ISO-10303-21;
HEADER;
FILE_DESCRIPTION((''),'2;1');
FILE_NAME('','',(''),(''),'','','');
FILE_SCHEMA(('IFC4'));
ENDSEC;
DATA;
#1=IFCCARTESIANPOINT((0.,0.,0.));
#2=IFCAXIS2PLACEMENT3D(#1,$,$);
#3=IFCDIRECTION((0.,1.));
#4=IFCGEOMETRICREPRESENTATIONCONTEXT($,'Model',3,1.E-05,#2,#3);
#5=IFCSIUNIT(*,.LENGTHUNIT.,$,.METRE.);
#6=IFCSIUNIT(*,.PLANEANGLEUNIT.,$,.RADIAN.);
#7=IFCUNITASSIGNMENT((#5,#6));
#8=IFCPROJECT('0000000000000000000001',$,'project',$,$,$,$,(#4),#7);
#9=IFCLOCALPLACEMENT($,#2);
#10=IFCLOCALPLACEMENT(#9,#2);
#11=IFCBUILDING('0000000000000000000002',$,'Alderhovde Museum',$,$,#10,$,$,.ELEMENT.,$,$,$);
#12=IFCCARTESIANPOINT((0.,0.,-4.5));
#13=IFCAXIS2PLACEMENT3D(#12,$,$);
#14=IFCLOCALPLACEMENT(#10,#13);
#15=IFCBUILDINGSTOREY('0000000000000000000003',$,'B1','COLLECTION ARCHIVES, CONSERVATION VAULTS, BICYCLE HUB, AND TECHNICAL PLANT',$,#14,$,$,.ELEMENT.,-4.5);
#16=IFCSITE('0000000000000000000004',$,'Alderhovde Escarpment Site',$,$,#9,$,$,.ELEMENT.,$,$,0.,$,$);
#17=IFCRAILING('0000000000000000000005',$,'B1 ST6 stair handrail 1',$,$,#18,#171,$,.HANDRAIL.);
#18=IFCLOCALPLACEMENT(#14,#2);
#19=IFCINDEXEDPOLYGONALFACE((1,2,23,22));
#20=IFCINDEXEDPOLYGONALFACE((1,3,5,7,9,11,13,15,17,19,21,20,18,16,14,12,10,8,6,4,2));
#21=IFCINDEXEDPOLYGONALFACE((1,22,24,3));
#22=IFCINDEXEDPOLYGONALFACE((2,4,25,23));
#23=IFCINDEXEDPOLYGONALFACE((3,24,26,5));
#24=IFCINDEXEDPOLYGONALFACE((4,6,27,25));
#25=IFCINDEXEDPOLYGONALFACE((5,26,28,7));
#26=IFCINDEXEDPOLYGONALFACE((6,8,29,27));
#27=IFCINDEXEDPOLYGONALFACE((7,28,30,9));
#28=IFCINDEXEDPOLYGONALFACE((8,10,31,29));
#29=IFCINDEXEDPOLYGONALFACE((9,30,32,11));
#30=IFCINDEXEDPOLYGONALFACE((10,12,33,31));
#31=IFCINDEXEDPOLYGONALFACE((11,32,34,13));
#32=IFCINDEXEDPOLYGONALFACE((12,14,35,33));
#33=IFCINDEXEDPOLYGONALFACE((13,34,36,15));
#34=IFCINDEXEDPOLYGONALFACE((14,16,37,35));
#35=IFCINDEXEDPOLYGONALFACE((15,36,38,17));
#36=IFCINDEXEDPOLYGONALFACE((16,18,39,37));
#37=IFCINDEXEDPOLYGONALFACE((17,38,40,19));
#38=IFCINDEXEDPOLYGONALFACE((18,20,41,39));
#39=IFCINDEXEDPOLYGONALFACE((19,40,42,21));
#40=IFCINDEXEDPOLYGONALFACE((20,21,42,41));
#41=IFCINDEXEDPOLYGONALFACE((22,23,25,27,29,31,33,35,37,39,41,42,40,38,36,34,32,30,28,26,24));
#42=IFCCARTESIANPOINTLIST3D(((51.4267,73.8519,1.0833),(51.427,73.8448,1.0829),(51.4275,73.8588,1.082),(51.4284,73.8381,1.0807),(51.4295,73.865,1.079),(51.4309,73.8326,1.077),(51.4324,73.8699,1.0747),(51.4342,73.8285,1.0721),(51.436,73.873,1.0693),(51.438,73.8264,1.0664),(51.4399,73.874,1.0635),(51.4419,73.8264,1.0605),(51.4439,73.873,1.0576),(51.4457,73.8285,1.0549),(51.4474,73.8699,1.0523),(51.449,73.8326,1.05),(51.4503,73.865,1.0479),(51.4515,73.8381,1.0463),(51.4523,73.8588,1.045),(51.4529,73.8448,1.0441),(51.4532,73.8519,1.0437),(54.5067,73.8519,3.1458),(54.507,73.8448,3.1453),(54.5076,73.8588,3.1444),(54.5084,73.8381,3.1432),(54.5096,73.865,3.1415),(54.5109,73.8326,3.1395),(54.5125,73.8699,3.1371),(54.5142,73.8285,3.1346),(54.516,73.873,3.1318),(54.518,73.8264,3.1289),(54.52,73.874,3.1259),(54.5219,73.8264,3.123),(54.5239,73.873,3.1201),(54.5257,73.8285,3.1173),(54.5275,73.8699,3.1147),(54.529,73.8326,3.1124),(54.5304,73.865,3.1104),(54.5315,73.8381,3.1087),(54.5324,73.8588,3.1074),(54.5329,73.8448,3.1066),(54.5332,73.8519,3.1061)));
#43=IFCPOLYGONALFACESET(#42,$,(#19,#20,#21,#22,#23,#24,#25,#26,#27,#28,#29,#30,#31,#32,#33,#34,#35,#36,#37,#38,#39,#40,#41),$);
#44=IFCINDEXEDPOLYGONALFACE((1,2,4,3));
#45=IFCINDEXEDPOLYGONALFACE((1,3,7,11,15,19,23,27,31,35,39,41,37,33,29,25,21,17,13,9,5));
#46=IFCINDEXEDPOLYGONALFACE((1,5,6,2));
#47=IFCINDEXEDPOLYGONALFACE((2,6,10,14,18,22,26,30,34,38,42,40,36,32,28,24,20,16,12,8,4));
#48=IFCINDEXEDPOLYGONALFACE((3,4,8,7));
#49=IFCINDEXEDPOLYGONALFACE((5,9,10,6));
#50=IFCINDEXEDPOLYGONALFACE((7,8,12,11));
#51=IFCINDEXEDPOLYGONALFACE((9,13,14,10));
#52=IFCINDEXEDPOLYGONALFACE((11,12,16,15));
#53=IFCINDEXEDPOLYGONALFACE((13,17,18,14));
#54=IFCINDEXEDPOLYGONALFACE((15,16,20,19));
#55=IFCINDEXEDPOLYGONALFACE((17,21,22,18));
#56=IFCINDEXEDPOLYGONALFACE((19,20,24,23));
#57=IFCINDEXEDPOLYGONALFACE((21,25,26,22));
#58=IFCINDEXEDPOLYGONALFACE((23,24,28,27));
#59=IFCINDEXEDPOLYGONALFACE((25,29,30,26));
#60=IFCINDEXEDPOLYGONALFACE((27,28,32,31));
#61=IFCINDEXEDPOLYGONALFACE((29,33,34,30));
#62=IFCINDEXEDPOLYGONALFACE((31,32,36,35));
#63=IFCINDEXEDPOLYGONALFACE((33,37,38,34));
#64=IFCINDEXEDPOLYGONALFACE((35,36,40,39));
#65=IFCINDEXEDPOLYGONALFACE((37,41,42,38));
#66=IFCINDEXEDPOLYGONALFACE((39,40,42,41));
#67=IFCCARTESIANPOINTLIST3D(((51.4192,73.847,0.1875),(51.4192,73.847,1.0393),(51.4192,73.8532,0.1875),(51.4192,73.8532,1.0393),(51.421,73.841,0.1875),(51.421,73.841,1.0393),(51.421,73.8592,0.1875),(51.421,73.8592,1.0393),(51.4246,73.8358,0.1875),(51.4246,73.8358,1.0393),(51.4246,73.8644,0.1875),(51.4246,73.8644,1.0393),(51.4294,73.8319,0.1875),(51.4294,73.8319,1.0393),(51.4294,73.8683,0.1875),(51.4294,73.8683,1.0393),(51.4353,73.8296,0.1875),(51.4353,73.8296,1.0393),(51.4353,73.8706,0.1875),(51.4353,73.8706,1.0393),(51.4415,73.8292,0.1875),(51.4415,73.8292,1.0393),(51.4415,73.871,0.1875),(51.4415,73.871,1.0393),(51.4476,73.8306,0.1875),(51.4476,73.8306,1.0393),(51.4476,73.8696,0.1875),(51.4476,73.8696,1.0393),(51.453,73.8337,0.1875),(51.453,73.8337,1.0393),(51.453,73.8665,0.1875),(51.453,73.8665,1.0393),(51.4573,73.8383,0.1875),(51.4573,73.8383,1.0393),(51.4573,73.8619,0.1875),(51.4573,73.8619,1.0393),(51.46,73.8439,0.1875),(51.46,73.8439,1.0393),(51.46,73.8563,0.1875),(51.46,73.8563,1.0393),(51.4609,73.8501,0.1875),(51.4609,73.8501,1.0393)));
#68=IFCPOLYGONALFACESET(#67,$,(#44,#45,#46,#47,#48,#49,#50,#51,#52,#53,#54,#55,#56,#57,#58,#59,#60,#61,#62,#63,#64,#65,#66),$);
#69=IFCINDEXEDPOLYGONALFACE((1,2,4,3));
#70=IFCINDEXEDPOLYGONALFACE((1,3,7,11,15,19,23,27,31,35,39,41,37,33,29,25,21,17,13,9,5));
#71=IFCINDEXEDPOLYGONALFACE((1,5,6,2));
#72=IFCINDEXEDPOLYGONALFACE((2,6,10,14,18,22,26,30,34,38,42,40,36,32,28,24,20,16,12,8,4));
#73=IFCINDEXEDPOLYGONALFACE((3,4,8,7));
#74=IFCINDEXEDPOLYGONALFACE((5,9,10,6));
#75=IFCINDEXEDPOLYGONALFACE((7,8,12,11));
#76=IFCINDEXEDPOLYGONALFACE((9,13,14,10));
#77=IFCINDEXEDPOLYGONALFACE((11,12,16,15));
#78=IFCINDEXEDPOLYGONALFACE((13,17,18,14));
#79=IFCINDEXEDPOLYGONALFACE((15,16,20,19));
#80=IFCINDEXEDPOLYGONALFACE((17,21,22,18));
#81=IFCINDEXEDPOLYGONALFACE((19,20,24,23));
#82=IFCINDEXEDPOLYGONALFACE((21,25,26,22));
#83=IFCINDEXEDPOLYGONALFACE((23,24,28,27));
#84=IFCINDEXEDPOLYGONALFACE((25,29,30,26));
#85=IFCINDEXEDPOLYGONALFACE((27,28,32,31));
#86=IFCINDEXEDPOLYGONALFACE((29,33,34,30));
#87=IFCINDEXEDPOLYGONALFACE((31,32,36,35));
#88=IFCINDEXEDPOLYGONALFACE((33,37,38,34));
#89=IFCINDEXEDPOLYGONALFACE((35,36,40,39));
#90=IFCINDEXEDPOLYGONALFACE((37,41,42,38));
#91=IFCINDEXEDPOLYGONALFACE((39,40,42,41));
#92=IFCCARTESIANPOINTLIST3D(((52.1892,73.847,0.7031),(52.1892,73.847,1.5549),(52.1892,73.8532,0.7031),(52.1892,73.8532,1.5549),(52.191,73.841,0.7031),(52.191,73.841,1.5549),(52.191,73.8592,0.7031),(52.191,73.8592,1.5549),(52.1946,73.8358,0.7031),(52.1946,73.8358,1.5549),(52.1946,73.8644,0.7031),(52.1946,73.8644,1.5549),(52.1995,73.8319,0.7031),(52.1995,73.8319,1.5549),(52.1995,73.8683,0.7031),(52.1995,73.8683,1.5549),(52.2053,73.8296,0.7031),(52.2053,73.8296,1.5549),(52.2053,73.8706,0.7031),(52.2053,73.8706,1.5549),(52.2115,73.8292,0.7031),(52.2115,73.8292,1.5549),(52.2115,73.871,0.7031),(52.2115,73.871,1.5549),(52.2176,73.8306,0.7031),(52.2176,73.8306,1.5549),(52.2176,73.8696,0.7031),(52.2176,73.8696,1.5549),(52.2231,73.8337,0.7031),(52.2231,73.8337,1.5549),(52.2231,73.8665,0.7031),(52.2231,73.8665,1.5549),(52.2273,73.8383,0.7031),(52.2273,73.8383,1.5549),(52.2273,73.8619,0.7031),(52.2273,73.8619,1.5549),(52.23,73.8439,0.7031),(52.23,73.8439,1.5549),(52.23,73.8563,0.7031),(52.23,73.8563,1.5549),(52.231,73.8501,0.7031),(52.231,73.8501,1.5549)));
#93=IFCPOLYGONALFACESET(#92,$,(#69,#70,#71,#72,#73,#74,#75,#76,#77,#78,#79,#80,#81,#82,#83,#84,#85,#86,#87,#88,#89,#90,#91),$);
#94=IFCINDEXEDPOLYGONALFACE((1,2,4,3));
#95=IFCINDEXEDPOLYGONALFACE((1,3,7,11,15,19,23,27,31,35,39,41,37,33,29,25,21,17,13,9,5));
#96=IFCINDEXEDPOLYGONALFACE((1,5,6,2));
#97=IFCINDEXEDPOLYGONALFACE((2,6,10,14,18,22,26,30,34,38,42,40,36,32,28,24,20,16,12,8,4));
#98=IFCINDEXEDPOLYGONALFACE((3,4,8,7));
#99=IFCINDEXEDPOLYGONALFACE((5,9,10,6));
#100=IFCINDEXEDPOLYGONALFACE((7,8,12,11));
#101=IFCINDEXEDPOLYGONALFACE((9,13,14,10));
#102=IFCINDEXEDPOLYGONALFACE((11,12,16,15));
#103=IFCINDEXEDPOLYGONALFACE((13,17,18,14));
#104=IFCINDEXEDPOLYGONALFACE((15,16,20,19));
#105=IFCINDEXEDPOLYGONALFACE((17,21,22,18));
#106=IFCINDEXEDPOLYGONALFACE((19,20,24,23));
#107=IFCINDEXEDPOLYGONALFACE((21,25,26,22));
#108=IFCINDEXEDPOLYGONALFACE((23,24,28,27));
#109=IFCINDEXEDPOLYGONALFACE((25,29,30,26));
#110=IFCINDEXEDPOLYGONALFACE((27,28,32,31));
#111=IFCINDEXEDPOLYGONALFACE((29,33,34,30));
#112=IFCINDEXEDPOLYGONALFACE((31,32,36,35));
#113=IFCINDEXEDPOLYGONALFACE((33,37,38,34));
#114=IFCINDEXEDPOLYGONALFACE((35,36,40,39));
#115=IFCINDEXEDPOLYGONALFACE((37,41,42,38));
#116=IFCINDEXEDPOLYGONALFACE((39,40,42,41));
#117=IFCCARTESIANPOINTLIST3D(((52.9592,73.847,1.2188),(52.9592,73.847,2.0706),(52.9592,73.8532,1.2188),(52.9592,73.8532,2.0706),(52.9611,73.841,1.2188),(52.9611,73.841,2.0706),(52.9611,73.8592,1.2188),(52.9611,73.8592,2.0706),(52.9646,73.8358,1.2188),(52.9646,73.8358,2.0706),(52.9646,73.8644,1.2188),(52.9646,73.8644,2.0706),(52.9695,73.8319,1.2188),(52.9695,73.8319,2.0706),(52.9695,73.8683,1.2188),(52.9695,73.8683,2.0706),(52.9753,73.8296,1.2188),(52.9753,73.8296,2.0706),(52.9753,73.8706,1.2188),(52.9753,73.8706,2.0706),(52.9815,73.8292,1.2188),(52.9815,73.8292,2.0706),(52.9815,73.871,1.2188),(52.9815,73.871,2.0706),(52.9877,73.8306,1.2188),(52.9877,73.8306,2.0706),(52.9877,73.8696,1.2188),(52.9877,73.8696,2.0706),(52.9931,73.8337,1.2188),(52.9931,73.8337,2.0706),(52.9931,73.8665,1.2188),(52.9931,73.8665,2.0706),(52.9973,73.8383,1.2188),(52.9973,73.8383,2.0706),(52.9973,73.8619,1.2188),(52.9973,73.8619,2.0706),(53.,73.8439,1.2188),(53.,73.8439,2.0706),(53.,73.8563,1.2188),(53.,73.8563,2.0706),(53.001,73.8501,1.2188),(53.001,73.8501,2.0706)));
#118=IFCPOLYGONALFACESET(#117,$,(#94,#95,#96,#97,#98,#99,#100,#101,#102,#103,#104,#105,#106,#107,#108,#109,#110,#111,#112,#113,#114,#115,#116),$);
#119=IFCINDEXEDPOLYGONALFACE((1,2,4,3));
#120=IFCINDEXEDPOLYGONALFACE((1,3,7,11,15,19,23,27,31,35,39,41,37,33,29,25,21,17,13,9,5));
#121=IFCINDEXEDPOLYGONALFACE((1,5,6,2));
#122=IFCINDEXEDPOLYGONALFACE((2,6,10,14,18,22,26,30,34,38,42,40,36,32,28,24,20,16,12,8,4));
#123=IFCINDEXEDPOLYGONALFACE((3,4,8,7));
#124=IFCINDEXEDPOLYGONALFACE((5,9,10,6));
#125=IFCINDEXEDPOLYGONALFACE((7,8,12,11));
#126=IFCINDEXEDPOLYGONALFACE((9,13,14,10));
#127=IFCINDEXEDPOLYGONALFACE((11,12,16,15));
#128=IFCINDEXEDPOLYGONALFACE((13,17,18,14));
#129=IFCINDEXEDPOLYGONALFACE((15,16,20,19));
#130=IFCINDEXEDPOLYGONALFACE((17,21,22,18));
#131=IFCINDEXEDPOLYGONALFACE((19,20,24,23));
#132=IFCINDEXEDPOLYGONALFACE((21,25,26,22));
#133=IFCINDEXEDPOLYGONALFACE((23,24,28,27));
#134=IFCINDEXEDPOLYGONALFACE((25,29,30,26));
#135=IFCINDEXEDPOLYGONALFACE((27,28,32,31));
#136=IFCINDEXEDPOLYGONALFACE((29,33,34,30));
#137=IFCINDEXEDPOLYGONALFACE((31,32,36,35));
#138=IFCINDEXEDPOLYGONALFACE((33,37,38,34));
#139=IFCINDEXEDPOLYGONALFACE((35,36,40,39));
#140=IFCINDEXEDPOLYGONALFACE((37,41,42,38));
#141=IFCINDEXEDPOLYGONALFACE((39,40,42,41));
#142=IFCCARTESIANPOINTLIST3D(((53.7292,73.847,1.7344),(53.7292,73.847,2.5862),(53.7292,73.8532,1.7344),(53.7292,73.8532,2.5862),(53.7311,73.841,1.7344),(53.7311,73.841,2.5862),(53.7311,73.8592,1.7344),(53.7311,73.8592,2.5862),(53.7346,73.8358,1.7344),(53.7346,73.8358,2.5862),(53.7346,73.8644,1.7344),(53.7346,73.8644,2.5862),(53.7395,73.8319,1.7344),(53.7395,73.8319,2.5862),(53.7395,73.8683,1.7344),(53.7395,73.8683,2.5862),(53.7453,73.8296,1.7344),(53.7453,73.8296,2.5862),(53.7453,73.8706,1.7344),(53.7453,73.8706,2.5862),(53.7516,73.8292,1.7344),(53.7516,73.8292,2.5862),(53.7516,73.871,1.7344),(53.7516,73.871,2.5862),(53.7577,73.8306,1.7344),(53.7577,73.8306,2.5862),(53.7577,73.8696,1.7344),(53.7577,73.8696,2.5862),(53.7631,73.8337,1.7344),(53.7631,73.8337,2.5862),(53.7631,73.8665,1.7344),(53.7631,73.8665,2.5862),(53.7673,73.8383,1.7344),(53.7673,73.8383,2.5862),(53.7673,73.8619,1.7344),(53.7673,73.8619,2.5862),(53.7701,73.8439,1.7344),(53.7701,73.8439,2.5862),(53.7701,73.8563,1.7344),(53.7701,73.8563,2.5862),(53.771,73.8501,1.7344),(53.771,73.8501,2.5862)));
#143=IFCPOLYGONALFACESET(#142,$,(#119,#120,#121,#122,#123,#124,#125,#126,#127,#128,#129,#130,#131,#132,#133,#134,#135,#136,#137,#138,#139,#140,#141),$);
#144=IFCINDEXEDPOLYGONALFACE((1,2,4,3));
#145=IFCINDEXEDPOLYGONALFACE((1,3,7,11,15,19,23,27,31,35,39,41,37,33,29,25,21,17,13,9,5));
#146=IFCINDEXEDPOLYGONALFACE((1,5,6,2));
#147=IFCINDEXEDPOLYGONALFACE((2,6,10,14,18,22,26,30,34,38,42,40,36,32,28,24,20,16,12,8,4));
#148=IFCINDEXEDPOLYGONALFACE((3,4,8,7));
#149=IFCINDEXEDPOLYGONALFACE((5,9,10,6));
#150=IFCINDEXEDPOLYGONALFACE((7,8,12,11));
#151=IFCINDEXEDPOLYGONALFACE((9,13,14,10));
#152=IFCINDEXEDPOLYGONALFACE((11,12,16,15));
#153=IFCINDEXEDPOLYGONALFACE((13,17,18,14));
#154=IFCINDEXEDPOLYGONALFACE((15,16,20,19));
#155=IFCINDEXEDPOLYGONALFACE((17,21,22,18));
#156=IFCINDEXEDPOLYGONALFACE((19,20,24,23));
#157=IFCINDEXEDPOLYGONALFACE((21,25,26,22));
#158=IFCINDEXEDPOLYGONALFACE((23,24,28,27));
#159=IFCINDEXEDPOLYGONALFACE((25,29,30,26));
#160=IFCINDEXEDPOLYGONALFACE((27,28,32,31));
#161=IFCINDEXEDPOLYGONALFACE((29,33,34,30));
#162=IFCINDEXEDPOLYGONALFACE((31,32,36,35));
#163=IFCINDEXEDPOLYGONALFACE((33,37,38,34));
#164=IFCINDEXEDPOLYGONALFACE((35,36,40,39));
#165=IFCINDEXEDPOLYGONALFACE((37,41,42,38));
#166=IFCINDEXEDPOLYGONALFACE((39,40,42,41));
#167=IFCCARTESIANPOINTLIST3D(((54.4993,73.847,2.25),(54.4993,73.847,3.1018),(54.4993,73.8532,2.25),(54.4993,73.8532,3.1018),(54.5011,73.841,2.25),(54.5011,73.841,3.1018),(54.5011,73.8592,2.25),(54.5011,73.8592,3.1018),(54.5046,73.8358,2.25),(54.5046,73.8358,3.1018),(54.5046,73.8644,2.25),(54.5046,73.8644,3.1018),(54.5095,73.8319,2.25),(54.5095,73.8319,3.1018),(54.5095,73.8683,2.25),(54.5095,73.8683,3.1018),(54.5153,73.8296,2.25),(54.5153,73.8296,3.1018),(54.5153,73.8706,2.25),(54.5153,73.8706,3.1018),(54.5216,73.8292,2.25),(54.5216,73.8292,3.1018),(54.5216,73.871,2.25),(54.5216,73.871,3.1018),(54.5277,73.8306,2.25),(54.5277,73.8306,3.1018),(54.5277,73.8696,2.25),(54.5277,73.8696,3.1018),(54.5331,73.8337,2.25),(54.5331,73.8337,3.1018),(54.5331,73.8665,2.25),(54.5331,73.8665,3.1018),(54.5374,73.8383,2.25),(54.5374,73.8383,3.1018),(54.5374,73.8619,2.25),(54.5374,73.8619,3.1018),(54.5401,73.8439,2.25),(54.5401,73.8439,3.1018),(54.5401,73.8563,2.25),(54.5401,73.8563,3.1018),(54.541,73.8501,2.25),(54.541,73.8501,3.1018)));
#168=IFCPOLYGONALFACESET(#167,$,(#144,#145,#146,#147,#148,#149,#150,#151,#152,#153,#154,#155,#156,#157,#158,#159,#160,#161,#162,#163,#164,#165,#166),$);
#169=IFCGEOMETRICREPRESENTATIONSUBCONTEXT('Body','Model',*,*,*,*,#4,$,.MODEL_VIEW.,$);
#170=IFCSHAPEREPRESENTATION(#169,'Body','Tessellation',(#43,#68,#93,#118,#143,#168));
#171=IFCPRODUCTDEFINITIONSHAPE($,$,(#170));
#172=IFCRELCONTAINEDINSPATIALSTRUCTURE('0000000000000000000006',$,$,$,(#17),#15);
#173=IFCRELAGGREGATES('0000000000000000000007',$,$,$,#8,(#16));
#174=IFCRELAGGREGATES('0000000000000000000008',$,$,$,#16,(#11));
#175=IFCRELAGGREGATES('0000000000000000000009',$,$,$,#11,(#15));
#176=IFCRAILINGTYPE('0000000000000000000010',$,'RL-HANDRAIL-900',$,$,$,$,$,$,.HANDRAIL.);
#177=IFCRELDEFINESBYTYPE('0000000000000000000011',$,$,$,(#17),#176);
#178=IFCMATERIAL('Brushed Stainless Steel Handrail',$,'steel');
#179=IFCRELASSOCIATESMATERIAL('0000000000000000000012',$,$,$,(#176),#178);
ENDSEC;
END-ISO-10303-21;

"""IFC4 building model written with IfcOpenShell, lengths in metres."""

from ifc_helpers import new_model, si_unit, direction, frame, origin, origin_2d, place, context, subcontext, project, spatial, circle, extrude, material, type_object, element, save


model = new_model("IFC4")

# Units and contexts
model_context = context("Model", 3, precision=1e-05, world=origin(), true_north=direction((0.0, 1.0)))
body_context = subcontext(model_context, "Body", "Model", "MODEL_VIEW")
ifc_project = project(units=[si_unit("LENGTHUNIT", "METRE"), si_unit("PLANEANGLEUNIT", "RADIAN")], contexts=[model_context])

# Site, building, storey
site_placement = place(None, origin())
site = spatial("IfcSite", under=ifc_project, at=site_placement, Name="Alderhovde Escarpment Site", CompositionType="ELEMENT", RefElevation=0.0)
building_placement = place(site_placement, origin())
building = spatial("IfcBuilding", under=site, at=building_placement, Name="Alderhovde Museum", CompositionType="ELEMENT")
storey_placement = place(building_placement, frame((0.0, 0.0, -4.5)))
storey = spatial("IfcBuildingStorey", under=building, at=storey_placement, Name="B1", Description="COLLECTION ARCHIVES, CONSERVATION VAULTS, BICYCLE HUB, AND TECHNICAL PLANT", CompositionType="ELEMENT", Elevation=-4.5)

# Railing
ifc_material_1 = material(Name="Brushed Stainless Steel Handrail", Category="steel")
railing_type_1 = type_object("IfcRailingType", Name="RL-HANDRAIL-900", PredefinedType="HANDRAIL", material=ifc_material_1)
railing_1_placement = place(storey_placement, frame((51.4399, 73.8501, 0.1875)))
element("IfcRailing", 1, at=railing_1_placement, inside=storey, type_object=railing_type_1, Name="B1 ST6 stair handrail 1", PredefinedType="HANDRAIL", context=body_context, shape_type="SweptSolid", body=[
    extrude(circle(Radius=0.0239, at=origin_2d()), frame((0.0, 0.0, 0.876), z_axis=(0.830914, 0.0, 0.556401), x_axis=(0.0, 1.0, 0.0)), (0.0, 0.0, 1.0), 3.7068),
    extrude(circle(Radius=0.021, at=origin_2d()), origin(), (0.0, 0.0, 1.0), 0.8518),
    extrude(circle(Radius=0.021, at=origin_2d()), frame((0.77, 0.0, 0.5156)), (0.0, 0.0, 1.0), 0.8518),
    extrude(circle(Radius=0.021, at=origin_2d()), frame((1.54, 0.0, 1.0312)), (0.0, 0.0, 1.0), 0.8518),
    extrude(circle(Radius=0.021, at=origin_2d()), frame((2.3101, 0.0, 1.5469)), (0.0, 0.0, 1.0), 0.8518),
    extrude(circle(Radius=0.021, at=origin_2d()), frame((3.0801, 0.0, 2.0625)), (0.0, 0.0, 1.0), 0.8518),
])

save(model, "model.ifc")
